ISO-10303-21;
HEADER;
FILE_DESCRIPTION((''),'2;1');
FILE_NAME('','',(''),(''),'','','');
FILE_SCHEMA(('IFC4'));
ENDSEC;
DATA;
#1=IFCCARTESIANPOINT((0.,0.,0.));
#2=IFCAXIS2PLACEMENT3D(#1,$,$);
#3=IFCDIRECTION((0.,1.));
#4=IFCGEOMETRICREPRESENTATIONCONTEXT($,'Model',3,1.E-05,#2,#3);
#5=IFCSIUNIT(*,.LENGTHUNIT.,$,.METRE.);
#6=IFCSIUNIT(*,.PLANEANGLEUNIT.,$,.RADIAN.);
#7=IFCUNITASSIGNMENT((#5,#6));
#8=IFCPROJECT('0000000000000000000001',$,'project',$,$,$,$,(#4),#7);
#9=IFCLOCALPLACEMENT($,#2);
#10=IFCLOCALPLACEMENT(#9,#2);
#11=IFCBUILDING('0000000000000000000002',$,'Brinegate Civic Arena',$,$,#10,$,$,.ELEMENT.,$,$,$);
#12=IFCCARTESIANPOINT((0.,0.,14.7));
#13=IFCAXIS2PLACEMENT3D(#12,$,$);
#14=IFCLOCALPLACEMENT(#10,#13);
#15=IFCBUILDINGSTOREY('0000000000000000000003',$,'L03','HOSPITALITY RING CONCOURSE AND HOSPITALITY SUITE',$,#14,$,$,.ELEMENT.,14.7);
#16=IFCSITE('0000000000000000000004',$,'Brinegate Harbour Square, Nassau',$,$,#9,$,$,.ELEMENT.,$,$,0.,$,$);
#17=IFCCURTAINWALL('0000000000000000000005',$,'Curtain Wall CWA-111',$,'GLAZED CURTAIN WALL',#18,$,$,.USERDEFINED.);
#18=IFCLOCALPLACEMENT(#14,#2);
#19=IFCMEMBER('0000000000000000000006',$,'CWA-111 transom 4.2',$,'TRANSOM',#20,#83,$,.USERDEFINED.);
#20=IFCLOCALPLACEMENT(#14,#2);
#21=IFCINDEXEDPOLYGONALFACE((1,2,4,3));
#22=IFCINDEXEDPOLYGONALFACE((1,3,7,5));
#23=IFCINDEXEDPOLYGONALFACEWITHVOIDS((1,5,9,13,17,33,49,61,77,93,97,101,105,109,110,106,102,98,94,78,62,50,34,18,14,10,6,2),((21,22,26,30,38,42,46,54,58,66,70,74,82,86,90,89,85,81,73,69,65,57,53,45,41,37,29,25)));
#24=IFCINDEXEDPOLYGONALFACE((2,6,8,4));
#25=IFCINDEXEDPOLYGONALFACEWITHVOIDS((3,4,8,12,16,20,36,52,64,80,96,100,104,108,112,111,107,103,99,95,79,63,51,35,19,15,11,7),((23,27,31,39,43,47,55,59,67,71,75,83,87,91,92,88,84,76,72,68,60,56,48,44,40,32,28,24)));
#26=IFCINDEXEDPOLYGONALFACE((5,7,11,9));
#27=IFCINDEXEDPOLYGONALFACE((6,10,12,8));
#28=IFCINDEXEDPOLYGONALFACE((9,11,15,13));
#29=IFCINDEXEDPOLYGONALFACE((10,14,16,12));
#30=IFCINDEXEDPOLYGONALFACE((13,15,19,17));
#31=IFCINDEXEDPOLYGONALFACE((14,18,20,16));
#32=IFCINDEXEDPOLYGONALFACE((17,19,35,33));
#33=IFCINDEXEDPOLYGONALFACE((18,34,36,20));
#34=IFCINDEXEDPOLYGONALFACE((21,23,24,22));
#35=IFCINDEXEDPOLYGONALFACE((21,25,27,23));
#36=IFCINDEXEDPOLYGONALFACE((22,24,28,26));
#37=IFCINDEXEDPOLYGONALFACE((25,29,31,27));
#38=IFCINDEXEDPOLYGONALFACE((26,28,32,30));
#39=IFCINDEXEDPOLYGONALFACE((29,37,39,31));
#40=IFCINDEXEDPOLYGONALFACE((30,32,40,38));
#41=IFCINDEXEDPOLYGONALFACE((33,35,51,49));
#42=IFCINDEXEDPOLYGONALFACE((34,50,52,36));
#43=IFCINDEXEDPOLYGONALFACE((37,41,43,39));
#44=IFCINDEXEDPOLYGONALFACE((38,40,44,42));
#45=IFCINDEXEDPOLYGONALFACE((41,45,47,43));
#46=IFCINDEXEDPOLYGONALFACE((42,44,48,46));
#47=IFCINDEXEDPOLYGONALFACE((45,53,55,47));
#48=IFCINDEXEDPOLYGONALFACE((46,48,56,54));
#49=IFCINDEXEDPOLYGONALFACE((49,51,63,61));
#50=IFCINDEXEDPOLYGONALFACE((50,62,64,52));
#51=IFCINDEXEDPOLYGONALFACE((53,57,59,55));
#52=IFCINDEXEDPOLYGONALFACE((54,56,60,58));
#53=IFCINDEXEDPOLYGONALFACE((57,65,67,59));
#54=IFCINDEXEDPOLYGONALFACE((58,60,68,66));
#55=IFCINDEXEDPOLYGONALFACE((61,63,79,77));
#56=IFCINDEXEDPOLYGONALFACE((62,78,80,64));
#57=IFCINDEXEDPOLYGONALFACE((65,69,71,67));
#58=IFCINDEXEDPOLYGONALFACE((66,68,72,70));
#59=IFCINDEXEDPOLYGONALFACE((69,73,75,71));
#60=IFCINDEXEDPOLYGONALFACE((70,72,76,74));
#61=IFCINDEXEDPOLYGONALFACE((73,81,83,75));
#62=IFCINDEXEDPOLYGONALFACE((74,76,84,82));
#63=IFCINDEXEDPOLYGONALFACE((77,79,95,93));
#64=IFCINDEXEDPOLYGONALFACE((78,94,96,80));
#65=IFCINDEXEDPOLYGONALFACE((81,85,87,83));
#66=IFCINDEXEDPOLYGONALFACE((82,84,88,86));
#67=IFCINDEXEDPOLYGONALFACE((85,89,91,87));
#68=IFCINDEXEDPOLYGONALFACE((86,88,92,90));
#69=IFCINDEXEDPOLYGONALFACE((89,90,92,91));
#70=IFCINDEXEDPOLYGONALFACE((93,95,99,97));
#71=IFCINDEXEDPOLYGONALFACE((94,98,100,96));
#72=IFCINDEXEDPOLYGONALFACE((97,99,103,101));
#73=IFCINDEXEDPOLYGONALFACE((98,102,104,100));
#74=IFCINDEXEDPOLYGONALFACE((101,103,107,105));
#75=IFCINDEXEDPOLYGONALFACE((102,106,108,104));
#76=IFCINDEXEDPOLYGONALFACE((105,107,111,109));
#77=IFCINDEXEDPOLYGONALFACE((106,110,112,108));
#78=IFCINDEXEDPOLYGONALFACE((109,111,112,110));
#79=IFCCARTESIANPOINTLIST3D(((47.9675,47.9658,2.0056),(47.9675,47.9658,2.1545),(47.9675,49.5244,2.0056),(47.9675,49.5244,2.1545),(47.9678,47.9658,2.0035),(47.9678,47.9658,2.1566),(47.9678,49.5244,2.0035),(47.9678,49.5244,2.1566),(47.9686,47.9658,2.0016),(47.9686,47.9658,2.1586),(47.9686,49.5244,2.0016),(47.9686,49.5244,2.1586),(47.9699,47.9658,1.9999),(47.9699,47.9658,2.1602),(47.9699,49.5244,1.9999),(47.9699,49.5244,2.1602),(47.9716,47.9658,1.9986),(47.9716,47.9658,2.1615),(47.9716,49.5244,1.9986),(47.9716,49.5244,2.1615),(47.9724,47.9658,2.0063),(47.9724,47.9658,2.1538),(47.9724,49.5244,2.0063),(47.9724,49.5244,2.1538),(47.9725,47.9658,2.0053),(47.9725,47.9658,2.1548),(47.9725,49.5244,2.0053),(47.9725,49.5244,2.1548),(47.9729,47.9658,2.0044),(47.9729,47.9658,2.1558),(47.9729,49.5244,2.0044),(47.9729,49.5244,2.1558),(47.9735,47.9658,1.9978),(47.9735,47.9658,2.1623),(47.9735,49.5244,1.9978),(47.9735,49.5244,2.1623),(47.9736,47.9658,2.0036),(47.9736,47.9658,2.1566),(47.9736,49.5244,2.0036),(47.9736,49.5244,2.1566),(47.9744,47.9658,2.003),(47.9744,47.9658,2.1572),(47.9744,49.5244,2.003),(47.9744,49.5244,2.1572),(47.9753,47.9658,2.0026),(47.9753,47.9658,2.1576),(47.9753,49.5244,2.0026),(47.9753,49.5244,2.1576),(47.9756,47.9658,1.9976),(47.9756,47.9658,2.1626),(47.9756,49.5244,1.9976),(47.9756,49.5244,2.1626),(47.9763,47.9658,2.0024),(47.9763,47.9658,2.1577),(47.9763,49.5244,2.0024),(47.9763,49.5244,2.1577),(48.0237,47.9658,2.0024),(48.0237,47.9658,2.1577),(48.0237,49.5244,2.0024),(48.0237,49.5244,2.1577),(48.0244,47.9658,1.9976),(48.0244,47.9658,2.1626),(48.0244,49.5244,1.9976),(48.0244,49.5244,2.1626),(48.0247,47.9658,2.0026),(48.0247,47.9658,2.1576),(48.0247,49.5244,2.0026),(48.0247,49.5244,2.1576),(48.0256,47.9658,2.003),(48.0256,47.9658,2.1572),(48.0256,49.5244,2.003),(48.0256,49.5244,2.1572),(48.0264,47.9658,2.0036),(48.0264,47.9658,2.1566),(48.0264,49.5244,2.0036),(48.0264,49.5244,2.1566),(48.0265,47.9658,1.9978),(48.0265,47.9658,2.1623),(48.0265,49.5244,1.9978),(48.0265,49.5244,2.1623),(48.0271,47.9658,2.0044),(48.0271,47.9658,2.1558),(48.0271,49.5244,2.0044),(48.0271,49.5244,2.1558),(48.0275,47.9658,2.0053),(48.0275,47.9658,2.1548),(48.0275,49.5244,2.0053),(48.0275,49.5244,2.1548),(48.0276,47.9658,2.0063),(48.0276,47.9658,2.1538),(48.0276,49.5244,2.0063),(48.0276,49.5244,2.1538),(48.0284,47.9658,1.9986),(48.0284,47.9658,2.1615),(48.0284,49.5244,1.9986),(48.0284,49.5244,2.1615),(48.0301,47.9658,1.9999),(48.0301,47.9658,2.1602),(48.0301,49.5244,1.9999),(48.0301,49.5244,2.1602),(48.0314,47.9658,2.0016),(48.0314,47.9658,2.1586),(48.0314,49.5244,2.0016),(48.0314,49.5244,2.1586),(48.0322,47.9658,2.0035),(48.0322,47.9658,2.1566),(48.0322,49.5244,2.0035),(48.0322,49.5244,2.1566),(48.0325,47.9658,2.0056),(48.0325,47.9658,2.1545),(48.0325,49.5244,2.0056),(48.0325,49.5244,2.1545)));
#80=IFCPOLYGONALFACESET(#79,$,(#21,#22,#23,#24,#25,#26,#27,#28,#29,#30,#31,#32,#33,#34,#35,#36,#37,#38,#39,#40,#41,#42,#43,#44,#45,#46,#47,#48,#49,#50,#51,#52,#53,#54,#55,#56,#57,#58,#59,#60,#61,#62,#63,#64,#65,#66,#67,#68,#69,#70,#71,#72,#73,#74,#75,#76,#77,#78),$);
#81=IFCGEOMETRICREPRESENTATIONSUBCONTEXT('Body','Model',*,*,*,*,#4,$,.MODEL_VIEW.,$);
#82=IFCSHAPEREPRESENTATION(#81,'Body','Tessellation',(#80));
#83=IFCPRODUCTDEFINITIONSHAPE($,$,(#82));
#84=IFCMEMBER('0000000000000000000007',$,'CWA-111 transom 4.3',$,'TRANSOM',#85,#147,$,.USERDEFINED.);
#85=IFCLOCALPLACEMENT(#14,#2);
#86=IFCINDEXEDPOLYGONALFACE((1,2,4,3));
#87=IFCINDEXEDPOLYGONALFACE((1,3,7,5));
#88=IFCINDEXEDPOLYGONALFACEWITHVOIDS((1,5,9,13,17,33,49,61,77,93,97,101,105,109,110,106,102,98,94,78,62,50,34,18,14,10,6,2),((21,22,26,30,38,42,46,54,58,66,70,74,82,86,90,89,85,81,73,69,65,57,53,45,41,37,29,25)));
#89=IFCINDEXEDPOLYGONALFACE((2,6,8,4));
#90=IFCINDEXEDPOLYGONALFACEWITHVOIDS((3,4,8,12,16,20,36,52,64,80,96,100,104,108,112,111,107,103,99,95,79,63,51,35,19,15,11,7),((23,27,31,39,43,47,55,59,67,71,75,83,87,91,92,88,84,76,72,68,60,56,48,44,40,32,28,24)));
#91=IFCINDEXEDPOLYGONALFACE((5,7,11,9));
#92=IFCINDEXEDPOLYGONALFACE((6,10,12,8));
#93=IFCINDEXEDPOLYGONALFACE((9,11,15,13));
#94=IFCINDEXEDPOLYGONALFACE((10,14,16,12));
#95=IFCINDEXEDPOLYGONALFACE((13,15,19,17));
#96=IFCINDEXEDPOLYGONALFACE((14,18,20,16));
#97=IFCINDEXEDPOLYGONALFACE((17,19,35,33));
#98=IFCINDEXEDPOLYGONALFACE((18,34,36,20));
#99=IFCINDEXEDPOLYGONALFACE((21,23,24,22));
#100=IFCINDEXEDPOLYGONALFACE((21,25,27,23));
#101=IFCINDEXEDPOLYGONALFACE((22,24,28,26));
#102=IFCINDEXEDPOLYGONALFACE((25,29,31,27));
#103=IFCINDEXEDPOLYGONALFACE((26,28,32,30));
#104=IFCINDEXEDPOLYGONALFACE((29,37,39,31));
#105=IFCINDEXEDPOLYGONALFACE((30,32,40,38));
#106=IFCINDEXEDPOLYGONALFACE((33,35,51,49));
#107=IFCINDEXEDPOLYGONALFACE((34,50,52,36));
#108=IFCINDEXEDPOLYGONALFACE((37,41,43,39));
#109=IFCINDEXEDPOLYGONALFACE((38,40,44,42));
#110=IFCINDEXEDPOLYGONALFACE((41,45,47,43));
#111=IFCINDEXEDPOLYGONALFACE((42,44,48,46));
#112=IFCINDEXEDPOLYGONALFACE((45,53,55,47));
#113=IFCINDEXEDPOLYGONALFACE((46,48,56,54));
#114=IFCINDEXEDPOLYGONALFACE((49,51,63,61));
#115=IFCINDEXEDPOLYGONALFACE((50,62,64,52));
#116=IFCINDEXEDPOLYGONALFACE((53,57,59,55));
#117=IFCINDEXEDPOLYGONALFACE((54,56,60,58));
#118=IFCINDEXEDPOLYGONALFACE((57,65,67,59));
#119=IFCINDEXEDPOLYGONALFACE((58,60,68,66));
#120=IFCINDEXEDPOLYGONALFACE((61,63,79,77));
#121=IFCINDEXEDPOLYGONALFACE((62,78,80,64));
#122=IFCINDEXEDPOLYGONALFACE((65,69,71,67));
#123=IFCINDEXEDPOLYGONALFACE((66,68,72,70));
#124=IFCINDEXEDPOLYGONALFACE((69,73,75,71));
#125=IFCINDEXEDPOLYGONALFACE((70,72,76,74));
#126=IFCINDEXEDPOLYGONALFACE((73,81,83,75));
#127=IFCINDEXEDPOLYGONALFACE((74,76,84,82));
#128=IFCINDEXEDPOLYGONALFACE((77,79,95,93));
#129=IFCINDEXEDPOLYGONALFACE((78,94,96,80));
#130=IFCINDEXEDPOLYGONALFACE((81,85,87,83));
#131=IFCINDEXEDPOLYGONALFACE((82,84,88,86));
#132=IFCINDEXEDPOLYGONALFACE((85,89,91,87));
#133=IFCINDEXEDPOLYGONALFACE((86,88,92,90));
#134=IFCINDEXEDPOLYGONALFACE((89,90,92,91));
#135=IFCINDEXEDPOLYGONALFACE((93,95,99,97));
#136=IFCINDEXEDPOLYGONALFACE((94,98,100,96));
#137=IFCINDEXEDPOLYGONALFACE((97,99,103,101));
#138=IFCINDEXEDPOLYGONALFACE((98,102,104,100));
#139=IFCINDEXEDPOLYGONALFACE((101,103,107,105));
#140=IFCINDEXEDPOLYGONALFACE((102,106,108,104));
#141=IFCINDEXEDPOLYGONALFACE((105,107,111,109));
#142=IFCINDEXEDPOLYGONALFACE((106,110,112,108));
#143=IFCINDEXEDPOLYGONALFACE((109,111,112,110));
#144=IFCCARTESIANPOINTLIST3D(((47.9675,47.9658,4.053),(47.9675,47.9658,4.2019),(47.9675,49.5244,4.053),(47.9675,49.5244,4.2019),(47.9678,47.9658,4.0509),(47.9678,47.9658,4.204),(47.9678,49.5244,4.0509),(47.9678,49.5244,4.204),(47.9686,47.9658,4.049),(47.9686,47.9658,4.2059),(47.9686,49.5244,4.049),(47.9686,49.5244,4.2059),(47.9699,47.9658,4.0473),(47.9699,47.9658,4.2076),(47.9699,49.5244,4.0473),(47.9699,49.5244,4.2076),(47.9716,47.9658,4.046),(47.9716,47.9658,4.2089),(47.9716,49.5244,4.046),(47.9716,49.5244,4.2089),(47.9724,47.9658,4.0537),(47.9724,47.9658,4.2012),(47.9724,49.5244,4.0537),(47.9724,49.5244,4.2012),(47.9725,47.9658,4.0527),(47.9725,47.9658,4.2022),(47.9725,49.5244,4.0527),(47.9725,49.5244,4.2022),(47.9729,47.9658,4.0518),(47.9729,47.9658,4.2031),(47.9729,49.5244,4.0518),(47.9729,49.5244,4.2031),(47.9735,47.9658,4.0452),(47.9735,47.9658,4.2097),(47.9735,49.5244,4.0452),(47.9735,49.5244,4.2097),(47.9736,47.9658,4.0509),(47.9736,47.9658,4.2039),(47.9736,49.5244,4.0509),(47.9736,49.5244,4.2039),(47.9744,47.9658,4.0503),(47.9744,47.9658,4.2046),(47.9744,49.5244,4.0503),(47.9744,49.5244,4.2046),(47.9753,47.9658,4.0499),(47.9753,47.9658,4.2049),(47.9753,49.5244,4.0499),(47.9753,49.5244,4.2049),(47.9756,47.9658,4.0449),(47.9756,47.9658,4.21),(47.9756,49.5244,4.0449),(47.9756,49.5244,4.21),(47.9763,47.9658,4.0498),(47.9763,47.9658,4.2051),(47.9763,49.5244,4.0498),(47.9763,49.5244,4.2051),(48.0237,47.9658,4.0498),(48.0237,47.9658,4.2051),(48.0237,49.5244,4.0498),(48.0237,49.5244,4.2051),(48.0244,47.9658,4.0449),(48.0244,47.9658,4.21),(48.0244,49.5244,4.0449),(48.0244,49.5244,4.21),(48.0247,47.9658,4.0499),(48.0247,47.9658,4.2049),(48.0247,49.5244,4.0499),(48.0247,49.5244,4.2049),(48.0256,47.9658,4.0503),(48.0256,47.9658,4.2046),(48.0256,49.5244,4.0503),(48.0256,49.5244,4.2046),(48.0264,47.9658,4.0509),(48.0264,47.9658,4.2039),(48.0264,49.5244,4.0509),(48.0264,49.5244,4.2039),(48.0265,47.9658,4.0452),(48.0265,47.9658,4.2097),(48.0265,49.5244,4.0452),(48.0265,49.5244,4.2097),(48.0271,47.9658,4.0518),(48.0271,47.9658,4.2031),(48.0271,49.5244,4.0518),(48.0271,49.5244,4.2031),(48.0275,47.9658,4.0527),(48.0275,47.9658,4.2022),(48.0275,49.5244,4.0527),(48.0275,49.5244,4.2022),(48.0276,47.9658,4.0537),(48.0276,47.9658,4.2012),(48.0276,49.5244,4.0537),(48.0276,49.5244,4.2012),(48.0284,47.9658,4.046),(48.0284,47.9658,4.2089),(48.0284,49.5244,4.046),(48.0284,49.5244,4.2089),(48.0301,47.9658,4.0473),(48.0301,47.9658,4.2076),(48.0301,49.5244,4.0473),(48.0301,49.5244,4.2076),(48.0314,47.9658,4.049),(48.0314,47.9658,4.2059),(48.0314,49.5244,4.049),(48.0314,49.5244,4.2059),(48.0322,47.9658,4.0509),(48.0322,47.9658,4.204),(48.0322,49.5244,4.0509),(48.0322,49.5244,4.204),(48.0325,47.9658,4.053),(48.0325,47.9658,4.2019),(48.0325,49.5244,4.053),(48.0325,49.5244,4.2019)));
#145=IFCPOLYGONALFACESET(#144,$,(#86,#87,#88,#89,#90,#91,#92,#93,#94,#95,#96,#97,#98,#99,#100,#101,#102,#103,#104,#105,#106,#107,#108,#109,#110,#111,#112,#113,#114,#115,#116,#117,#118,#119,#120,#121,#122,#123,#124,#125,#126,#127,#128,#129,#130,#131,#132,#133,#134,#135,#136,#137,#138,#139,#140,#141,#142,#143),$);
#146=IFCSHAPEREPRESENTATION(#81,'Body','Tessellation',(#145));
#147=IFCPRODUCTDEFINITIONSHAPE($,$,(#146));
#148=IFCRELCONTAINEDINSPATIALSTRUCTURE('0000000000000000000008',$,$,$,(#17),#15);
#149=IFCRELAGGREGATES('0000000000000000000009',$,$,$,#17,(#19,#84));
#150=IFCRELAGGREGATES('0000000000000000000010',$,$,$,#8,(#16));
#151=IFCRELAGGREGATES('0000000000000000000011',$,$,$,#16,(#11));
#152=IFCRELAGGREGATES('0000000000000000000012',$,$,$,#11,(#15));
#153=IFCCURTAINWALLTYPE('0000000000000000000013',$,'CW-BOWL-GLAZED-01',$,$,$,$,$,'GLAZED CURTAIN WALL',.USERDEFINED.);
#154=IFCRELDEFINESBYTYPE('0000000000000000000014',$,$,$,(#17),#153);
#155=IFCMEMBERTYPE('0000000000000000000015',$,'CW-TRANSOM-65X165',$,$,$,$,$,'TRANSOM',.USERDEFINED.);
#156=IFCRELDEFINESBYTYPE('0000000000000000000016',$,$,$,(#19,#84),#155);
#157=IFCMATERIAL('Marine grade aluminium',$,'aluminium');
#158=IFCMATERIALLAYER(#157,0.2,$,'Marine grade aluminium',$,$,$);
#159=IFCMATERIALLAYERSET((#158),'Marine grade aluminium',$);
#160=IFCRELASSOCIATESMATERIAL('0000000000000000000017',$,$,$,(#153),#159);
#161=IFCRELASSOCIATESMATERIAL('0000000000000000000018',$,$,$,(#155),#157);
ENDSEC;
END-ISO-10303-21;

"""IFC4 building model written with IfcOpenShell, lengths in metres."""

from ifc_helpers import new_model, si_unit, direction, frame, origin, origin_2d, place, context, subcontext, project, spatial, hollow_rectangle, extrude, material, layer, layer_set, material_profile, profile_set, type_object, element, aggregate, save


model = new_model("IFC4")

# Units and contexts
model_context = context("Model", 3, precision=1e-05, world=origin(), true_north=direction((0.0, 1.0)))
body_context = subcontext(model_context, "Body", "Model", "MODEL_VIEW")
ifc_project = project(units=[si_unit("LENGTHUNIT", "METRE"), si_unit("PLANEANGLEUNIT", "RADIAN")], contexts=[model_context])

# Site, building, storey
site_placement = place(None, origin())
site = spatial("IfcSite", under=ifc_project, at=site_placement, Name="Brinegate Harbour Square, Nassau", CompositionType="ELEMENT", RefElevation=0.0)
building_placement = place(site_placement, origin())
building = spatial("IfcBuilding", under=site, at=building_placement, Name="Brinegate Civic Arena", CompositionType="ELEMENT")
storey_placement = place(building_placement, frame((0.0, 0.0, 14.7)))
storey = spatial("IfcBuildingStorey", under=building, at=storey_placement, Name="L03", Description="HOSPITALITY RING CONCOURSE AND HOSPITALITY SUITE", CompositionType="ELEMENT", Elevation=14.7)

# Shared definitions
ifc_material_1 = material(Name="Marine grade aluminium", Category="aluminium")
ifc_layer_1 = layer(ifc_material_1, 0.2, Name="Marine grade aluminium")
ifc_layer_set_1 = layer_set([ifc_layer_1], Name="Marine grade aluminium")
curtain_wall_type_1 = type_object("IfcCurtainWallType", Name="CW-BOWL-GLAZED-01", ElementType="GLAZED CURTAIN WALL", PredefinedType="USERDEFINED", material=ifc_layer_set_1)

# Curtain wall
curtain_wall_1_placement = place(storey_placement, origin())
curtain_wall_1 = element("IfcCurtainWall", 1, at=curtain_wall_1_placement, inside=storey, type_object=curtain_wall_type_1, Name="Curtain Wall CWA-111", ObjectType="GLAZED CURTAIN WALL", PredefinedType="USERDEFINED")

# Members
ifc_material_profile_1 = material_profile(ifc_material_1, hollow_rectangle(XDim=0.0649, YDim=0.165, WallThickness=0.0049, InnerFilletRadius=0.0039, OuterFilletRadius=0.0081, at=origin_2d()), Name="TRN65X165")
ifc_profile_set_1 = profile_set([ifc_material_profile_1], Name="Marine grade aluminium")
member_type_1 = type_object("IfcMemberType", Name="CW-TRANSOM-65X165", ElementType="TRANSOM", PredefinedType="USERDEFINED", material=ifc_profile_set_1)
member_1_placement = place(storey_placement, frame((48.0, 47.9658, 2.0801), z_axis=(0.0, 1.0, 0.0), x_axis=(-1.0, 0.0, 0.0)))
member_1 = element("IfcMember", 2, at=member_1_placement, type_object=member_type_1, Name="CWA-111 transom 4.2", ObjectType="TRANSOM", PredefinedType="USERDEFINED", context=body_context, shape_type="SweptSolid", body=[
    extrude(hollow_rectangle(XDim=0.0649, YDim=0.165, WallThickness=0.0049, InnerFilletRadius=0.0039, OuterFilletRadius=0.0081, at=origin_2d()), origin(), (0.0, 0.0, 1.0), 1.5586),
])
member_2_placement = place(storey_placement, frame((48.0, 47.9658, 4.1274), z_axis=(0.0, 1.0, 0.0), x_axis=(-1.0, 0.0, 0.0)))
member_2 = element("IfcMember", 3, at=member_2_placement, type_object=member_type_1, Name="CWA-111 transom 4.3", ObjectType="TRANSOM", PredefinedType="USERDEFINED", context=body_context, shape_type="SweptSolid", body=[
    extrude(hollow_rectangle(XDim=0.0649, YDim=0.165, WallThickness=0.0049, InnerFilletRadius=0.0039, OuterFilletRadius=0.0081, at=origin_2d()), origin(), (0.0, 0.0, 1.0), 1.5586),
])

aggregate(curtain_wall_1, [member_1, member_2])

save(model, "model.ifc")
